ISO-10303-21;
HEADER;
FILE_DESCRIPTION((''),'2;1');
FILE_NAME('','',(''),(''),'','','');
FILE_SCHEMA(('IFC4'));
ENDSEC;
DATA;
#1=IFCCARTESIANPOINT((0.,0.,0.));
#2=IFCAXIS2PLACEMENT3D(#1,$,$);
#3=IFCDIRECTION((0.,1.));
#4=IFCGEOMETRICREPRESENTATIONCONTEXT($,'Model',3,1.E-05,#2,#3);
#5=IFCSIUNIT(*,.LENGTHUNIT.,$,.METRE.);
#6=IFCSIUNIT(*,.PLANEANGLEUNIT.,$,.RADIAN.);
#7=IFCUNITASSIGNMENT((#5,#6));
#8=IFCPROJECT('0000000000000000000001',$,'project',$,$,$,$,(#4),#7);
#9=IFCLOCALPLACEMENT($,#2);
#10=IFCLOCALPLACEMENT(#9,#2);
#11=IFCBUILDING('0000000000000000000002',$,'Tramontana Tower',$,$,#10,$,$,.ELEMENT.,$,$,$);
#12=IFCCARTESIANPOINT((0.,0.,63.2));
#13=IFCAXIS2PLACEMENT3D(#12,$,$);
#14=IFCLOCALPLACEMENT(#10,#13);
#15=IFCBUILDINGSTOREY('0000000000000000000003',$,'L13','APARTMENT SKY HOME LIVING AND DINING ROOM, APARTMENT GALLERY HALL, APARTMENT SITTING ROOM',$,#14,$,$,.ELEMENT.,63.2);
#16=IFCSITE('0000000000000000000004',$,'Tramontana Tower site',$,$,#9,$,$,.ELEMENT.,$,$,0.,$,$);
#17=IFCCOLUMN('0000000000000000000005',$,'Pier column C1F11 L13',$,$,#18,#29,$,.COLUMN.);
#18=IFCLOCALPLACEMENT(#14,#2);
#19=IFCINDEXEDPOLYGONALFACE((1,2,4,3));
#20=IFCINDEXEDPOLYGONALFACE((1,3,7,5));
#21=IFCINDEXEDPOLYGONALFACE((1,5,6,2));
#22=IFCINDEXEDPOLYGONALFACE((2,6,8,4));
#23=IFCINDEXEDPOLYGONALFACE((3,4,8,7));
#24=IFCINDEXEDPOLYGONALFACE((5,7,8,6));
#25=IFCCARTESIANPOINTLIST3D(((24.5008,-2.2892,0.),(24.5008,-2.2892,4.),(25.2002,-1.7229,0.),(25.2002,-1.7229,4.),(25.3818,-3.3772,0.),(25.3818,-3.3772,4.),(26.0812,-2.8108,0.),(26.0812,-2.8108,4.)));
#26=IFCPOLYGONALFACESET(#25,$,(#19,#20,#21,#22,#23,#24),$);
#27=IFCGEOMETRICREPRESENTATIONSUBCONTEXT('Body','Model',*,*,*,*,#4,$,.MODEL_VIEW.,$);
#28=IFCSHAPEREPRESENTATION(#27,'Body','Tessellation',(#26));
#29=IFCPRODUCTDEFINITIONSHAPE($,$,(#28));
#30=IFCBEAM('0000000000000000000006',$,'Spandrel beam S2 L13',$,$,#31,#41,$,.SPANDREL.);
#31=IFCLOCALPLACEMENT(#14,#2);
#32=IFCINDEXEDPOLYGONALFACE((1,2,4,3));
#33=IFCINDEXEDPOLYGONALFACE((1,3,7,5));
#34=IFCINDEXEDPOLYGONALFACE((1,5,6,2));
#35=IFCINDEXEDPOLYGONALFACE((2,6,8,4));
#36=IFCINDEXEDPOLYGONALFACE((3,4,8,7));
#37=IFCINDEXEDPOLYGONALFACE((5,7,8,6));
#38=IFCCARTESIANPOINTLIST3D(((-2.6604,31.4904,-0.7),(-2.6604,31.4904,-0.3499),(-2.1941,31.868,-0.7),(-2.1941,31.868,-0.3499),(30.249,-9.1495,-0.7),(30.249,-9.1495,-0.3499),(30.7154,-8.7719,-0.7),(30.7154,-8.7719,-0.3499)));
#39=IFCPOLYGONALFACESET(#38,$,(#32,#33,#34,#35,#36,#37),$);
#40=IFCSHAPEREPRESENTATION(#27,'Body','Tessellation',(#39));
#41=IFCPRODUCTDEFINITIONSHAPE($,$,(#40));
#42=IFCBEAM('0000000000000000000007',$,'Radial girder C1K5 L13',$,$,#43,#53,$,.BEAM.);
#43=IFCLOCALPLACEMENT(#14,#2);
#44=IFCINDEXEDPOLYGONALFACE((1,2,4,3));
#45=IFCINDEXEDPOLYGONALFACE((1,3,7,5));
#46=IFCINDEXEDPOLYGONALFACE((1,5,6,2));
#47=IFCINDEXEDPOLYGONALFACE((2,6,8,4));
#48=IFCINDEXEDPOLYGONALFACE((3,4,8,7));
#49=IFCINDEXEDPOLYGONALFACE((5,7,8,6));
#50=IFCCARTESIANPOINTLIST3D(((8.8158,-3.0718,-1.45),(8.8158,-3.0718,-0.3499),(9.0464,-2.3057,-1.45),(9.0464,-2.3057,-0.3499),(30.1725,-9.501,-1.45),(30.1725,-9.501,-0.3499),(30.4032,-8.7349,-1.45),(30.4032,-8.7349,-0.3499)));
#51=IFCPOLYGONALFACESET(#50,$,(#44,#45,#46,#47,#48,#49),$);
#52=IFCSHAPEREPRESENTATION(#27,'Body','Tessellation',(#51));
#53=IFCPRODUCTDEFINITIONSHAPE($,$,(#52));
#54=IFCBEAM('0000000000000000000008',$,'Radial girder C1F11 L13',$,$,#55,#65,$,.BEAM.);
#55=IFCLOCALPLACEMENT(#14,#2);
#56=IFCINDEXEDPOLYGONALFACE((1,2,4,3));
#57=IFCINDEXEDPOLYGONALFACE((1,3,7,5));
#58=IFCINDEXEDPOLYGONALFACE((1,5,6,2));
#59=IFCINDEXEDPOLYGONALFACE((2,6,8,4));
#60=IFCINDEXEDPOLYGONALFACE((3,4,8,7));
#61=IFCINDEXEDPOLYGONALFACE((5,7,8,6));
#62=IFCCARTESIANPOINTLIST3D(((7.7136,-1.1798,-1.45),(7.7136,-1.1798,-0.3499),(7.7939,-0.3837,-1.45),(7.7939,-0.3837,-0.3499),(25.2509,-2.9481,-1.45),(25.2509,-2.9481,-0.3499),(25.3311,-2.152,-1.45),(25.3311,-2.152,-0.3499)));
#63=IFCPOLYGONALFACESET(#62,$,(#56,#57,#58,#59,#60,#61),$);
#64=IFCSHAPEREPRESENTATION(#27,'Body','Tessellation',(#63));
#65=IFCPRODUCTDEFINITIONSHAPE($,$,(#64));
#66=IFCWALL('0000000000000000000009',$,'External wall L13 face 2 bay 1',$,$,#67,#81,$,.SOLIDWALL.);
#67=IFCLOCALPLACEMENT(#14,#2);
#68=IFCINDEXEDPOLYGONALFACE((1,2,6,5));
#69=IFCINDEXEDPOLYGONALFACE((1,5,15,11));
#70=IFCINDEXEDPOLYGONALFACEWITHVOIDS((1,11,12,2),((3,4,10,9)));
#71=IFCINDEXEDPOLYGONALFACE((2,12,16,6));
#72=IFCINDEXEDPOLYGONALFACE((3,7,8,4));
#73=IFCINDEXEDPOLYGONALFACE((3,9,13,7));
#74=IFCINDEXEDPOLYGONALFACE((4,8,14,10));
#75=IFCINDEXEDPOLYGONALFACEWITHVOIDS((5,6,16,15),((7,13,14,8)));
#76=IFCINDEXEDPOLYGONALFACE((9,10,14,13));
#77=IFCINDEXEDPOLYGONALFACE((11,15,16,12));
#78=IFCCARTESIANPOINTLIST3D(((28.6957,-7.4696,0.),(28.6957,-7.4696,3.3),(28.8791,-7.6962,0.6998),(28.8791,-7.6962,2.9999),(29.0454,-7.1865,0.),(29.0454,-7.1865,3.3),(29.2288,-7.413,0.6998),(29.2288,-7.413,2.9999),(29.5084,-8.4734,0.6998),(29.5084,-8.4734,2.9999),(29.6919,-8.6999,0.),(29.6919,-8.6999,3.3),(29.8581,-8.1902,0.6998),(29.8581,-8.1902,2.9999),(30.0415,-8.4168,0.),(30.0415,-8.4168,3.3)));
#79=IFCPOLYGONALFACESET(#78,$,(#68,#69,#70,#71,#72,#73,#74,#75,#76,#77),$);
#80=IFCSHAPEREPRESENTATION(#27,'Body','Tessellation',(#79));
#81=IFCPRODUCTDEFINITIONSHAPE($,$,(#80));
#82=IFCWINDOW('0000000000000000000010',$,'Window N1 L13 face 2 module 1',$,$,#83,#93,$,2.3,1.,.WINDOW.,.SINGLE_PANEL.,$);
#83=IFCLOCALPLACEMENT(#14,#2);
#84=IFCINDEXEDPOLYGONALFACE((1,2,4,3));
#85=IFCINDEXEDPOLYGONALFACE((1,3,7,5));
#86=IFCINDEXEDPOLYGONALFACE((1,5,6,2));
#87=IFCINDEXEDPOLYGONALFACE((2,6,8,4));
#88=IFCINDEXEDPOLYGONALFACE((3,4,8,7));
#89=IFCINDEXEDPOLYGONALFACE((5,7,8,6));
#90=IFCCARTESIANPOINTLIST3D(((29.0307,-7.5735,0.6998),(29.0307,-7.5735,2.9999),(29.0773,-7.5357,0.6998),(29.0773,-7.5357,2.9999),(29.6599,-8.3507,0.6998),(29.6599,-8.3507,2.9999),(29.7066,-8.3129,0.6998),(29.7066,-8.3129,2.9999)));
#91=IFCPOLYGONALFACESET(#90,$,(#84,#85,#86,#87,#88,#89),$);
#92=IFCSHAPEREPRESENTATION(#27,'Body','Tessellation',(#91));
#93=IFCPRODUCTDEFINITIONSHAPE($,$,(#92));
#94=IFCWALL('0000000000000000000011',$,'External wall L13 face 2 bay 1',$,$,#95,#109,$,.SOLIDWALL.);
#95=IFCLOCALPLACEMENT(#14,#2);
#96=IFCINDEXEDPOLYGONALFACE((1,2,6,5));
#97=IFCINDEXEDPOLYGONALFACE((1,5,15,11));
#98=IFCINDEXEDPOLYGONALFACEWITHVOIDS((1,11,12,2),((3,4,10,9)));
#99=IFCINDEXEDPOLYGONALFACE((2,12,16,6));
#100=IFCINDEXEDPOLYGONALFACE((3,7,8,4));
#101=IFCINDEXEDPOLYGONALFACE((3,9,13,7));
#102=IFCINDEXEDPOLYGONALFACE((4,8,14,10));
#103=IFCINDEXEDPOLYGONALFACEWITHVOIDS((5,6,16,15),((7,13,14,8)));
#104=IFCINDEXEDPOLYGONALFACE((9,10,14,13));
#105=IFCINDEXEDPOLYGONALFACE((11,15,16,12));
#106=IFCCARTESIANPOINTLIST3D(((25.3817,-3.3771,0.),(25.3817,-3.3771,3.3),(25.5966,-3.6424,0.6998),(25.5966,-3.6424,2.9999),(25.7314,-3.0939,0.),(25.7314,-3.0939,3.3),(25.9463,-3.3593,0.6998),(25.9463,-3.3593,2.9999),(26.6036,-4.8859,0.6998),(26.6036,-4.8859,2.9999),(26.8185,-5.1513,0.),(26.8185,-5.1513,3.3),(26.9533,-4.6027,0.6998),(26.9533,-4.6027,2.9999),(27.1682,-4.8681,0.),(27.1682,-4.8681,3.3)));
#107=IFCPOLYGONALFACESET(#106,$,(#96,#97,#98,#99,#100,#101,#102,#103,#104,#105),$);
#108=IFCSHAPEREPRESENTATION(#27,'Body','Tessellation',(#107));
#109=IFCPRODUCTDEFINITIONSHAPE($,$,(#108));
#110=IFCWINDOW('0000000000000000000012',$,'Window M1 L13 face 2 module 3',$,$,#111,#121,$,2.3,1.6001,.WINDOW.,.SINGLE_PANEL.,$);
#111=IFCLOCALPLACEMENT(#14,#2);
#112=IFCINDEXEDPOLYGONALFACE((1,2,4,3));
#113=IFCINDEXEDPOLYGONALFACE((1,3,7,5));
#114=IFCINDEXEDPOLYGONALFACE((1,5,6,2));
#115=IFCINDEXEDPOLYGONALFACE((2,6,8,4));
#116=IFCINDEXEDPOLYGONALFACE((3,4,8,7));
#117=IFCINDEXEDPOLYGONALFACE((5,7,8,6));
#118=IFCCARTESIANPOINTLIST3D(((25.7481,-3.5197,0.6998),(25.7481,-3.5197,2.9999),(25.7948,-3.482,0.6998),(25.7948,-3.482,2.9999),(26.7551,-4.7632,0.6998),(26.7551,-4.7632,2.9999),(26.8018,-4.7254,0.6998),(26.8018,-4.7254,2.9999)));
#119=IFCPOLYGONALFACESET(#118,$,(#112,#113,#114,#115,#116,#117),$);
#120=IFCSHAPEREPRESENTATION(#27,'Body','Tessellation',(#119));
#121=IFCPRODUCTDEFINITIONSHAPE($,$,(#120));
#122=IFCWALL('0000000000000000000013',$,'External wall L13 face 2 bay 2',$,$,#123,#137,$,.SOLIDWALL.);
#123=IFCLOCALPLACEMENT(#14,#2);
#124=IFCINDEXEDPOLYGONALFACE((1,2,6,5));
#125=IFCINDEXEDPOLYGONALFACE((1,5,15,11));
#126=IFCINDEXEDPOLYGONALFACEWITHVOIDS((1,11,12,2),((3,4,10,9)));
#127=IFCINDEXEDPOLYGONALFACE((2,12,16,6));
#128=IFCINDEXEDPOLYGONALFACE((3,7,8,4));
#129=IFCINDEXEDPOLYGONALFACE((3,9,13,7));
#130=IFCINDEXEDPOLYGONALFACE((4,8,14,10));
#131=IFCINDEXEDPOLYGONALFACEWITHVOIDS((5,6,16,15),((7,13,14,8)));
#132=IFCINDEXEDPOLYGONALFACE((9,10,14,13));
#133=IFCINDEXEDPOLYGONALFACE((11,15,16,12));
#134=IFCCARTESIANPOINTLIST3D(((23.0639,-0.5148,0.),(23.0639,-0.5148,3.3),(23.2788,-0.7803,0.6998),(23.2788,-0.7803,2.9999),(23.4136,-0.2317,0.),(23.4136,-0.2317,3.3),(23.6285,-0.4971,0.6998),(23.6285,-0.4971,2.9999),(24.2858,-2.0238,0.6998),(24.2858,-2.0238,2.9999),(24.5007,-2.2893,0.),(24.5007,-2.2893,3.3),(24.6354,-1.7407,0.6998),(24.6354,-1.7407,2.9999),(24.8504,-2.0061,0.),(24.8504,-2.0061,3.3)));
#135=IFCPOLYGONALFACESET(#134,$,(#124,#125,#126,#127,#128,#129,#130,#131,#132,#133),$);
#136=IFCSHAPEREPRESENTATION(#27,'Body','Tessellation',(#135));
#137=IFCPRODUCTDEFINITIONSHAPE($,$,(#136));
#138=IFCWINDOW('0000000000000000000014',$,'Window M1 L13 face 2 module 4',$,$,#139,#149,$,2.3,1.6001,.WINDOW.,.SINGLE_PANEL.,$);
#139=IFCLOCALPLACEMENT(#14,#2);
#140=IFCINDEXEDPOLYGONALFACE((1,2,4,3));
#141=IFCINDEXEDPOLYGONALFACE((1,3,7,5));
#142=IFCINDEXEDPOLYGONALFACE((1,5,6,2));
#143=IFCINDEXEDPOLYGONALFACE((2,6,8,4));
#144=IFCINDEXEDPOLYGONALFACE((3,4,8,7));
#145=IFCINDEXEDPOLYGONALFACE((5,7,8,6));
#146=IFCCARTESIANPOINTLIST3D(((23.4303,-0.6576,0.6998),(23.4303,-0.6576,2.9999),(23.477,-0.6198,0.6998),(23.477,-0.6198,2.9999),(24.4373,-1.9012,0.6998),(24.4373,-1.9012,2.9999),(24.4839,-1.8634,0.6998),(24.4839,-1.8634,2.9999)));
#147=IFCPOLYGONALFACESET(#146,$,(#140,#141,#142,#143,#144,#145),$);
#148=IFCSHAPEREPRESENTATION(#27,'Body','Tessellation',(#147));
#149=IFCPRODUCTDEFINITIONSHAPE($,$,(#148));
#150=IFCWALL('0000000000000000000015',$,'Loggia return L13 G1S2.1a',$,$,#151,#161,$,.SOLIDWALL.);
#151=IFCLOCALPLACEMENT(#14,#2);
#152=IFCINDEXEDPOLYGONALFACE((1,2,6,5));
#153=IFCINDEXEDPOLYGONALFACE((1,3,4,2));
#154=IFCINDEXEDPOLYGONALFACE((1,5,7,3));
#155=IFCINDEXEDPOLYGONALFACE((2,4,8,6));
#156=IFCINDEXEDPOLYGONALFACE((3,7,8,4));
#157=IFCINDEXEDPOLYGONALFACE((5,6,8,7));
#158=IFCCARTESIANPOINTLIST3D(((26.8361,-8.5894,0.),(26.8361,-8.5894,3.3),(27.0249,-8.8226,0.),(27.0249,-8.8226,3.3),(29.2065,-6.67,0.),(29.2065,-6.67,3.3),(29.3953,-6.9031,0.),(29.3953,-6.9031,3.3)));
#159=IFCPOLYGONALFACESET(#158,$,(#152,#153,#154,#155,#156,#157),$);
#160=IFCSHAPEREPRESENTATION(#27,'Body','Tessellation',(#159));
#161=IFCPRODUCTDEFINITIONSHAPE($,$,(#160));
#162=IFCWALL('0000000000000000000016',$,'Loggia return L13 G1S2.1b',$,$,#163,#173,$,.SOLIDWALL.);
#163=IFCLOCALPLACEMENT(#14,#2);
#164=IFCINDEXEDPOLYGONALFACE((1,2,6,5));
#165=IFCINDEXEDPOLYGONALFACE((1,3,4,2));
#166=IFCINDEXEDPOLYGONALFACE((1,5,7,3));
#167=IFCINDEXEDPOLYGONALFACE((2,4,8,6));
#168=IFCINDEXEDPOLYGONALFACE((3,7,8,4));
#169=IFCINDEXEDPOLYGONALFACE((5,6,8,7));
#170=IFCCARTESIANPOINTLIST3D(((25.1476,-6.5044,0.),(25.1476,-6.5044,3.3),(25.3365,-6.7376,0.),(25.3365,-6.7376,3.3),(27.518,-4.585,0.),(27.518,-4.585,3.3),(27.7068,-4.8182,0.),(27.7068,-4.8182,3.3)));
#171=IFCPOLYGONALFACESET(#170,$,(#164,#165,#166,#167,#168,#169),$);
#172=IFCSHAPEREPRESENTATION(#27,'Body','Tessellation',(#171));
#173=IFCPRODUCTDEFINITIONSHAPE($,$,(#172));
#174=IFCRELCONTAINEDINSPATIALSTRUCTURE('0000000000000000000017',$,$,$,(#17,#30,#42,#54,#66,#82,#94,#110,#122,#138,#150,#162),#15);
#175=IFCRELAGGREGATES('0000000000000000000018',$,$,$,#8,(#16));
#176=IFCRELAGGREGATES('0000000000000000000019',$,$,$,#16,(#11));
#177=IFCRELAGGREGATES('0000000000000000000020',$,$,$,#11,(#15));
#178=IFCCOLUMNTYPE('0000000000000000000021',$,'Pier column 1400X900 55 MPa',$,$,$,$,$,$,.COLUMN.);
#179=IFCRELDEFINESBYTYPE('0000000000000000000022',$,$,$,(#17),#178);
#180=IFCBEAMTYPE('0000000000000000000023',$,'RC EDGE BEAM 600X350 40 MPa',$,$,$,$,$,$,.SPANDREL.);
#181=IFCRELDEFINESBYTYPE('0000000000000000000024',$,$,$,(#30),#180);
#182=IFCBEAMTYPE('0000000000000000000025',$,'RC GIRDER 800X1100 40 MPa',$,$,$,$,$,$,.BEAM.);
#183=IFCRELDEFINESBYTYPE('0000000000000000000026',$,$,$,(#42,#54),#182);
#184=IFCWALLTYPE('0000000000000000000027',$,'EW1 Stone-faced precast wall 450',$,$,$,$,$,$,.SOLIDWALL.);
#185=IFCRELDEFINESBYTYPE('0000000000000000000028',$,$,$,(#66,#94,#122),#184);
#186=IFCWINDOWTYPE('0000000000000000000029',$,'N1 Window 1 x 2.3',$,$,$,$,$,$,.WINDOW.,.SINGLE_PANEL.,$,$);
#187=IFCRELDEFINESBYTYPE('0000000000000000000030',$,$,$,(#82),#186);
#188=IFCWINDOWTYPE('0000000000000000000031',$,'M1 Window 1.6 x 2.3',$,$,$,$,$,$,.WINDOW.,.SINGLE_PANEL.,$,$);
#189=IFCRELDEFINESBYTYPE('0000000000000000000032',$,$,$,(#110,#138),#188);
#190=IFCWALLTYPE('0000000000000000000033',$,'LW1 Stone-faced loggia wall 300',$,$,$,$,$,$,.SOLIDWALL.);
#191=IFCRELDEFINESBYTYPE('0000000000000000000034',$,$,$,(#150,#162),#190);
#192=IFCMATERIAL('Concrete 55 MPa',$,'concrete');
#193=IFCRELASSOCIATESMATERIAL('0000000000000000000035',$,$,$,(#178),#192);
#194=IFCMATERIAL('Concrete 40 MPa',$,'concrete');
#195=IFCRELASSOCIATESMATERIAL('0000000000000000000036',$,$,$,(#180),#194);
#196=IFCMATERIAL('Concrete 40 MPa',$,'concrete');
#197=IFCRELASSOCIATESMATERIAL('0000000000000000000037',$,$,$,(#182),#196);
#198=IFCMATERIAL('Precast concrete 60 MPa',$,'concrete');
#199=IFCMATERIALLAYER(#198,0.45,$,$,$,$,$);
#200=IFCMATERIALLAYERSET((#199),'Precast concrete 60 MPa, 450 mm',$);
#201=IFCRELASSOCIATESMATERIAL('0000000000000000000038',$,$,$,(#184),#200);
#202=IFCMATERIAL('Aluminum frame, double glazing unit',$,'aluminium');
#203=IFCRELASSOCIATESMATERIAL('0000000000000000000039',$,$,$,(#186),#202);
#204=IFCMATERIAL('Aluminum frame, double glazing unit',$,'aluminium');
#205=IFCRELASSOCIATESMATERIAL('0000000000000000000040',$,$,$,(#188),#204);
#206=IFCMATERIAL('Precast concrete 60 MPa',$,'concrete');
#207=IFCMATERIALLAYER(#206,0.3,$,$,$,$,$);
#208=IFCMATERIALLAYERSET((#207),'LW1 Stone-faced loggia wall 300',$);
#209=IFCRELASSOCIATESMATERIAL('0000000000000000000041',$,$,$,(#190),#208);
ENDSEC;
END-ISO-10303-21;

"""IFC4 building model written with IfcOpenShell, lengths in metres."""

from ifc_helpers import new_model, si_unit, direction, frame, frame_2d, origin, origin_2d, place, context, subcontext, project, spatial, rectangle, extrude, material, layer, layer_set, material_profile, profile_set, type_object, element, fill, save


model = new_model("IFC4")

# Units and contexts
model_context = context("Model", 3, precision=1e-05, world=origin(), true_north=direction((0.0, 1.0)))
body_context = subcontext(model_context, "Body", "Model", "MODEL_VIEW")
ifc_project = project(units=[si_unit("LENGTHUNIT", "METRE"), si_unit("PLANEANGLEUNIT", "RADIAN")], contexts=[model_context])

# Site, building, storey
site_placement = place(None, origin())
site = spatial("IfcSite", under=ifc_project, at=site_placement, Name="Tramontana Tower site", CompositionType="ELEMENT", RefElevation=0.0)
building_placement = place(site_placement, origin())
building = spatial("IfcBuilding", under=site, at=building_placement, Name="Tramontana Tower", CompositionType="ELEMENT")
storey_placement = place(building_placement, frame((0.0, 0.0, 63.2)))
storey = spatial("IfcBuildingStorey", under=building, at=storey_placement, Name="L13", Description="APARTMENT SKY HOME LIVING AND DINING ROOM, APARTMENT GALLERY HALL, APARTMENT SITTING ROOM", CompositionType="ELEMENT", Elevation=63.2)

# Column
ifc_material_1 = material(Name="Concrete 55 MPa", Category="concrete")
ifc_material_profile_1 = material_profile(ifc_material_1, rectangle(XDim=1.3999, YDim=0.8999, at=origin_2d()), Name="Pier column 1400X900 55 MPa")
ifc_profile_set_1 = profile_set([ifc_material_profile_1], Name="Concrete 55 MPa")
column_type = type_object("IfcColumnType", Name="Pier column 1400X900 55 MPa", PredefinedType="COLUMN", material=ifc_profile_set_1)
column_placement = place(storey_placement, frame((25.291, -2.55, 0.0), z_axis=(0.0, 0.0, 1.0), x_axis=(-0.62932, 0.777146, 0.0)))
element("IfcColumn", 1, at=column_placement, inside=storey, type_object=column_type, Name="Pier column C1F11 L13", PredefinedType="COLUMN", context=body_context, shape_type="SweptSolid", body=[
    extrude(rectangle(XDim=1.3999, YDim=0.8999, at=origin_2d()), origin(), (0.0, 0.0, 1.0), 4.0),
])

# Beams
ifc_material_2 = material(Name="Concrete 40 MPa", Category="concrete")
ifc_material_profile_2 = material_profile(ifc_material_2, rectangle(XDim=0.6001, YDim=0.3501, at=origin_2d()), Name="RC EDGE BEAM 600X350 40 MPa")
ifc_profile_set_2 = profile_set([ifc_material_profile_2], Name="Concrete 40 MPa")
beam_type_1 = type_object("IfcBeamType", Name="RC EDGE BEAM 600X350 40 MPa", PredefinedType="SPANDREL", material=ifc_profile_set_2)
beam_1_placement = place(storey_placement, frame((30.4822, -8.9607, -0.5249), z_axis=(-0.629319, 0.777147, 0.0), x_axis=(-0.777147, -0.629319, 0.0)))
element("IfcBeam", 2, at=beam_1_placement, inside=storey, type_object=beam_type_1, Name="Spandrel beam S2 L13", PredefinedType="SPANDREL", context=body_context, shape_type="SweptSolid", body=[
    extrude(rectangle(XDim=0.6001, YDim=0.3501, at=origin_2d()), origin(), (0.0, 0.0, 1.0), 52.2937),
])
ifc_material_3 = material(Name="Concrete 40 MPa", Category="concrete")
ifc_material_profile_3 = material_profile(ifc_material_3, rectangle(XDim=0.8, YDim=1.1001, at=origin_2d()), Name="RC GIRDER 800X1100 40 MPa")
ifc_profile_set_3 = profile_set([ifc_material_profile_3], Name="Concrete 40 MPa")
beam_type_2 = type_object("IfcBeamType", Name="RC GIRDER 800X1100 40 MPa", PredefinedType="BEAM", material=ifc_profile_set_3)
beam_2_placement = place(storey_placement, frame((30.2878, -9.1179, -0.8999), z_axis=(-0.957552, 0.288261, 0.0), x_axis=(-0.288261, -0.957552, 0.0)))
element("IfcBeam", 3, at=beam_2_placement, inside=storey, type_object=beam_type_2, Name="Radial girder C1K5 L13", PredefinedType="BEAM", context=body_context, shape_type="SweptSolid", body=[
    extrude(rectangle(XDim=0.8, YDim=1.1001, at=origin_2d()), origin(), (0.0, 0.0, 1.0), 22.3035),
])
beam_3_placement = place(storey_placement, frame((25.291, -2.55, -0.8999), z_axis=(-0.994955, 0.100322, 0.0), x_axis=(-0.100322, -0.994955, 0.0)))
element("IfcBeam", 4, at=beam_3_placement, inside=storey, type_object=beam_type_2, Name="Radial girder C1F11 L13", PredefinedType="BEAM", context=body_context, shape_type="SweptSolid", body=[
    extrude(rectangle(XDim=0.8, YDim=1.1001, at=origin_2d()), origin(), (0.0, 0.0, 1.0), 17.6262),
])

# Walls, openings, windows
ifc_material_4 = material(Name="Precast concrete 60 MPa", Category="concrete")
ifc_layer_1 = layer(ifc_material_4, 0.45)
ifc_layer_set_1 = layer_set([ifc_layer_1], Name="Precast concrete 60 MPa, 450 mm")
wall_type_1 = type_object("IfcWallType", Name="EW1 Stone-faced precast wall 450", PredefinedType="SOLIDWALL", material=ifc_layer_set_1)
wall_1_placement = place(storey_placement, frame((29.8667, -8.5583, 0.0), z_axis=(0.0, 0.0, 1.0), x_axis=(-0.629274, 0.777184, 0.0)))
wall_1 = element("IfcWall", 5, at=wall_1_placement, inside=storey, type_object=wall_type_1, Name="External wall L13 face 2 bay 1", PredefinedType="SOLIDWALL", context=body_context, shape_type="SweptSolid", body=[
    extrude(rectangle(XDim=1.583, YDim=0.45, at=frame_2d((0.7915, 0.0))), origin(), (0.0, 0.0, 1.0), 3.3),
])
opening_1_placement = place(wall_1_placement, frame((0.2915, 0.0, 0.7)))
opening_1 = element("IfcOpeningElement", 6, at=opening_1_placement, cuts=wall_1, PredefinedType="OPENING", context=body_context, shape_type="SweptSolid", body=[
    extrude(rectangle(XDim=1.0, YDim=2.3, at=frame_2d((0.5, 1.1499))), frame((0.0, 0.2349, 0.0), z_axis=(0.0, -1.0, 0.0), x_axis=(1.0, 0.0, 0.0)), (0.0, 0.0, 1.0), 0.47),
])
ifc_material_5 = material(Name="Aluminum frame, double glazing unit", Category="aluminium")
window_type_1 = type_object("IfcWindowType", Name="N1 Window 1 x 2.3", PartitioningType="SINGLE_PANEL", PredefinedType="WINDOW", material=ifc_material_5)
window_1_placement = place(opening_1_placement, origin())
window_1 = element("IfcWindow", 7, at=window_1_placement, inside=storey, type_object=window_type_1, Name="Window N1 L13 face 2 module 1", OverallHeight=2.3, OverallWidth=1.0, PartitioningType="SINGLE_PANEL", PredefinedType="WINDOW", context=body_context, shape_type="SweptSolid", body=[
    extrude(rectangle(XDim=1.0, YDim=2.3, at=frame_2d((0.5, 1.1499))), frame((0.0, 0.03, 0.0), z_axis=(0.0, -1.0, 0.0), x_axis=(1.0, 0.0, 0.0)), (0.0, 0.0, 1.0), 0.0601),
])
fill(opening_1, window_1)
wall_2_placement = place(storey_placement, frame((26.9934, -5.0098, 0.0), z_axis=(0.0, 0.0, 1.0), x_axis=(-0.62934, 0.77713, 0.0)))
wall_2 = element("IfcWall", 8, at=wall_2_placement, inside=storey, type_object=wall_type_1, Name="External wall L13 face 2 bay 1", PredefinedType="SOLIDWALL", context=body_context, shape_type="SweptSolid", body=[
    extrude(rectangle(XDim=2.283, YDim=0.45, at=frame_2d((1.1416, 0.0))), origin(), (0.0, 0.0, 1.0), 3.3),
])
opening_2_placement = place(wall_2_placement, frame((0.3416, 0.0, 0.7)))
opening_2 = element("IfcOpeningElement", 9, at=opening_2_placement, cuts=wall_2, PredefinedType="OPENING", context=body_context, shape_type="SweptSolid", body=[
    extrude(rectangle(XDim=1.6001, YDim=2.3, at=frame_2d((0.8, 1.1499))), frame((0.0, 0.2349, 0.0), z_axis=(0.0, -1.0, 0.0), x_axis=(1.0, 0.0, 0.0)), (0.0, 0.0, 1.0), 0.47),
])
ifc_material_6 = material(Name="Aluminum frame, double glazing unit", Category="aluminium")
window_type_2 = type_object("IfcWindowType", Name="M1 Window 1.6 x 2.3", PartitioningType="SINGLE_PANEL", PredefinedType="WINDOW", material=ifc_material_6)
window_2_placement = place(opening_2_placement, origin())
window_2 = element("IfcWindow", 10, at=window_2_placement, inside=storey, type_object=window_type_2, Name="Window M1 L13 face 2 module 3", OverallHeight=2.3, OverallWidth=1.6001, PartitioningType="SINGLE_PANEL", PredefinedType="WINDOW", context=body_context, shape_type="SweptSolid", body=[
    extrude(rectangle(XDim=1.6001, YDim=2.3, at=frame_2d((0.8, 1.1499))), frame((0.0, 0.03, 0.0), z_axis=(0.0, -1.0, 0.0), x_axis=(1.0, 0.0, 0.0)), (0.0, 0.0, 1.0), 0.0601),
])
fill(opening_2, window_2)
wall_3_placement = place(storey_placement, frame((24.6755, -2.1477, 0.0), z_axis=(0.0, 0.0, 1.0), x_axis=(-0.629287, 0.777173, 0.0)))
wall_3 = element("IfcWall", 11, at=wall_3_placement, inside=storey, type_object=wall_type_1, Name="External wall L13 face 2 bay 2", PredefinedType="SOLIDWALL", context=body_context, shape_type="SweptSolid", body=[
    extrude(rectangle(XDim=2.2832, YDim=0.45, at=frame_2d((1.1416, 0.0))), origin(), (0.0, 0.0, 1.0), 3.3),
])
opening_3_placement = place(wall_3_placement, frame((0.3416, 0.0, 0.7)))
opening_3 = element("IfcOpeningElement", 12, at=opening_3_placement, cuts=wall_3, PredefinedType="OPENING", context=body_context, shape_type="SweptSolid", body=[
    extrude(rectangle(XDim=1.6001, YDim=2.3, at=frame_2d((0.8, 1.1499))), frame((0.0, 0.2349, 0.0), z_axis=(0.0, -1.0, 0.0), x_axis=(1.0, 0.0, 0.0)), (0.0, 0.0, 1.0), 0.47),
])
window_3_placement = place(opening_3_placement, origin())
window_3 = element("IfcWindow", 13, at=window_3_placement, inside=storey, type_object=window_type_2, Name="Window M1 L13 face 2 module 4", OverallHeight=2.3, OverallWidth=1.6001, PartitioningType="SINGLE_PANEL", PredefinedType="WINDOW", context=body_context, shape_type="SweptSolid", body=[
    extrude(rectangle(XDim=1.6001, YDim=2.3, at=frame_2d((0.8, 1.1499))), frame((0.0, 0.03, 0.0), z_axis=(0.0, -1.0, 0.0), x_axis=(1.0, 0.0, 0.0)), (0.0, 0.0, 1.0), 0.0601),
])
fill(opening_3, window_3)

# Shared definitions
ifc_material_7 = material(Name="Precast concrete 60 MPa", Category="concrete")
ifc_layer_2 = layer(ifc_material_7, 0.3)
ifc_layer_set_2 = layer_set([ifc_layer_2], Name="LW1 Stone-faced loggia wall 300")
wall_type_2 = type_object("IfcWallType", Name="LW1 Stone-faced loggia wall 300", PredefinedType="SOLIDWALL", material=ifc_layer_set_2)

# Walls
for number, where, z_axis, x_axis, name in (
    (14, (29.3008, -6.7866, 0.0), (0.0, 0.0, 1.0), (-0.777154, -0.629311, 0.0), "Loggia return L13 G1S2.1a"),
    (15, (27.6123, -4.7017, 0.0), (0.0, 0.0, 1.0), (-0.777154, -0.629311, 0.0), "Loggia return L13 G1S2.1b"),
):
    element("IfcWall", number, at=place(storey_placement, frame(where, z_axis=z_axis, x_axis=x_axis)), inside=storey, type_object=wall_type_2, Name=name, PredefinedType="SOLIDWALL", context=body_context, shape_type="SweptSolid", body=[
        extrude(rectangle(XDim=3.05, YDim=0.3, at=frame_2d((1.5249, 0.0))), origin(), (0.0, 0.0, 1.0), 3.3),
    ])

save(model, "model.ifc")
